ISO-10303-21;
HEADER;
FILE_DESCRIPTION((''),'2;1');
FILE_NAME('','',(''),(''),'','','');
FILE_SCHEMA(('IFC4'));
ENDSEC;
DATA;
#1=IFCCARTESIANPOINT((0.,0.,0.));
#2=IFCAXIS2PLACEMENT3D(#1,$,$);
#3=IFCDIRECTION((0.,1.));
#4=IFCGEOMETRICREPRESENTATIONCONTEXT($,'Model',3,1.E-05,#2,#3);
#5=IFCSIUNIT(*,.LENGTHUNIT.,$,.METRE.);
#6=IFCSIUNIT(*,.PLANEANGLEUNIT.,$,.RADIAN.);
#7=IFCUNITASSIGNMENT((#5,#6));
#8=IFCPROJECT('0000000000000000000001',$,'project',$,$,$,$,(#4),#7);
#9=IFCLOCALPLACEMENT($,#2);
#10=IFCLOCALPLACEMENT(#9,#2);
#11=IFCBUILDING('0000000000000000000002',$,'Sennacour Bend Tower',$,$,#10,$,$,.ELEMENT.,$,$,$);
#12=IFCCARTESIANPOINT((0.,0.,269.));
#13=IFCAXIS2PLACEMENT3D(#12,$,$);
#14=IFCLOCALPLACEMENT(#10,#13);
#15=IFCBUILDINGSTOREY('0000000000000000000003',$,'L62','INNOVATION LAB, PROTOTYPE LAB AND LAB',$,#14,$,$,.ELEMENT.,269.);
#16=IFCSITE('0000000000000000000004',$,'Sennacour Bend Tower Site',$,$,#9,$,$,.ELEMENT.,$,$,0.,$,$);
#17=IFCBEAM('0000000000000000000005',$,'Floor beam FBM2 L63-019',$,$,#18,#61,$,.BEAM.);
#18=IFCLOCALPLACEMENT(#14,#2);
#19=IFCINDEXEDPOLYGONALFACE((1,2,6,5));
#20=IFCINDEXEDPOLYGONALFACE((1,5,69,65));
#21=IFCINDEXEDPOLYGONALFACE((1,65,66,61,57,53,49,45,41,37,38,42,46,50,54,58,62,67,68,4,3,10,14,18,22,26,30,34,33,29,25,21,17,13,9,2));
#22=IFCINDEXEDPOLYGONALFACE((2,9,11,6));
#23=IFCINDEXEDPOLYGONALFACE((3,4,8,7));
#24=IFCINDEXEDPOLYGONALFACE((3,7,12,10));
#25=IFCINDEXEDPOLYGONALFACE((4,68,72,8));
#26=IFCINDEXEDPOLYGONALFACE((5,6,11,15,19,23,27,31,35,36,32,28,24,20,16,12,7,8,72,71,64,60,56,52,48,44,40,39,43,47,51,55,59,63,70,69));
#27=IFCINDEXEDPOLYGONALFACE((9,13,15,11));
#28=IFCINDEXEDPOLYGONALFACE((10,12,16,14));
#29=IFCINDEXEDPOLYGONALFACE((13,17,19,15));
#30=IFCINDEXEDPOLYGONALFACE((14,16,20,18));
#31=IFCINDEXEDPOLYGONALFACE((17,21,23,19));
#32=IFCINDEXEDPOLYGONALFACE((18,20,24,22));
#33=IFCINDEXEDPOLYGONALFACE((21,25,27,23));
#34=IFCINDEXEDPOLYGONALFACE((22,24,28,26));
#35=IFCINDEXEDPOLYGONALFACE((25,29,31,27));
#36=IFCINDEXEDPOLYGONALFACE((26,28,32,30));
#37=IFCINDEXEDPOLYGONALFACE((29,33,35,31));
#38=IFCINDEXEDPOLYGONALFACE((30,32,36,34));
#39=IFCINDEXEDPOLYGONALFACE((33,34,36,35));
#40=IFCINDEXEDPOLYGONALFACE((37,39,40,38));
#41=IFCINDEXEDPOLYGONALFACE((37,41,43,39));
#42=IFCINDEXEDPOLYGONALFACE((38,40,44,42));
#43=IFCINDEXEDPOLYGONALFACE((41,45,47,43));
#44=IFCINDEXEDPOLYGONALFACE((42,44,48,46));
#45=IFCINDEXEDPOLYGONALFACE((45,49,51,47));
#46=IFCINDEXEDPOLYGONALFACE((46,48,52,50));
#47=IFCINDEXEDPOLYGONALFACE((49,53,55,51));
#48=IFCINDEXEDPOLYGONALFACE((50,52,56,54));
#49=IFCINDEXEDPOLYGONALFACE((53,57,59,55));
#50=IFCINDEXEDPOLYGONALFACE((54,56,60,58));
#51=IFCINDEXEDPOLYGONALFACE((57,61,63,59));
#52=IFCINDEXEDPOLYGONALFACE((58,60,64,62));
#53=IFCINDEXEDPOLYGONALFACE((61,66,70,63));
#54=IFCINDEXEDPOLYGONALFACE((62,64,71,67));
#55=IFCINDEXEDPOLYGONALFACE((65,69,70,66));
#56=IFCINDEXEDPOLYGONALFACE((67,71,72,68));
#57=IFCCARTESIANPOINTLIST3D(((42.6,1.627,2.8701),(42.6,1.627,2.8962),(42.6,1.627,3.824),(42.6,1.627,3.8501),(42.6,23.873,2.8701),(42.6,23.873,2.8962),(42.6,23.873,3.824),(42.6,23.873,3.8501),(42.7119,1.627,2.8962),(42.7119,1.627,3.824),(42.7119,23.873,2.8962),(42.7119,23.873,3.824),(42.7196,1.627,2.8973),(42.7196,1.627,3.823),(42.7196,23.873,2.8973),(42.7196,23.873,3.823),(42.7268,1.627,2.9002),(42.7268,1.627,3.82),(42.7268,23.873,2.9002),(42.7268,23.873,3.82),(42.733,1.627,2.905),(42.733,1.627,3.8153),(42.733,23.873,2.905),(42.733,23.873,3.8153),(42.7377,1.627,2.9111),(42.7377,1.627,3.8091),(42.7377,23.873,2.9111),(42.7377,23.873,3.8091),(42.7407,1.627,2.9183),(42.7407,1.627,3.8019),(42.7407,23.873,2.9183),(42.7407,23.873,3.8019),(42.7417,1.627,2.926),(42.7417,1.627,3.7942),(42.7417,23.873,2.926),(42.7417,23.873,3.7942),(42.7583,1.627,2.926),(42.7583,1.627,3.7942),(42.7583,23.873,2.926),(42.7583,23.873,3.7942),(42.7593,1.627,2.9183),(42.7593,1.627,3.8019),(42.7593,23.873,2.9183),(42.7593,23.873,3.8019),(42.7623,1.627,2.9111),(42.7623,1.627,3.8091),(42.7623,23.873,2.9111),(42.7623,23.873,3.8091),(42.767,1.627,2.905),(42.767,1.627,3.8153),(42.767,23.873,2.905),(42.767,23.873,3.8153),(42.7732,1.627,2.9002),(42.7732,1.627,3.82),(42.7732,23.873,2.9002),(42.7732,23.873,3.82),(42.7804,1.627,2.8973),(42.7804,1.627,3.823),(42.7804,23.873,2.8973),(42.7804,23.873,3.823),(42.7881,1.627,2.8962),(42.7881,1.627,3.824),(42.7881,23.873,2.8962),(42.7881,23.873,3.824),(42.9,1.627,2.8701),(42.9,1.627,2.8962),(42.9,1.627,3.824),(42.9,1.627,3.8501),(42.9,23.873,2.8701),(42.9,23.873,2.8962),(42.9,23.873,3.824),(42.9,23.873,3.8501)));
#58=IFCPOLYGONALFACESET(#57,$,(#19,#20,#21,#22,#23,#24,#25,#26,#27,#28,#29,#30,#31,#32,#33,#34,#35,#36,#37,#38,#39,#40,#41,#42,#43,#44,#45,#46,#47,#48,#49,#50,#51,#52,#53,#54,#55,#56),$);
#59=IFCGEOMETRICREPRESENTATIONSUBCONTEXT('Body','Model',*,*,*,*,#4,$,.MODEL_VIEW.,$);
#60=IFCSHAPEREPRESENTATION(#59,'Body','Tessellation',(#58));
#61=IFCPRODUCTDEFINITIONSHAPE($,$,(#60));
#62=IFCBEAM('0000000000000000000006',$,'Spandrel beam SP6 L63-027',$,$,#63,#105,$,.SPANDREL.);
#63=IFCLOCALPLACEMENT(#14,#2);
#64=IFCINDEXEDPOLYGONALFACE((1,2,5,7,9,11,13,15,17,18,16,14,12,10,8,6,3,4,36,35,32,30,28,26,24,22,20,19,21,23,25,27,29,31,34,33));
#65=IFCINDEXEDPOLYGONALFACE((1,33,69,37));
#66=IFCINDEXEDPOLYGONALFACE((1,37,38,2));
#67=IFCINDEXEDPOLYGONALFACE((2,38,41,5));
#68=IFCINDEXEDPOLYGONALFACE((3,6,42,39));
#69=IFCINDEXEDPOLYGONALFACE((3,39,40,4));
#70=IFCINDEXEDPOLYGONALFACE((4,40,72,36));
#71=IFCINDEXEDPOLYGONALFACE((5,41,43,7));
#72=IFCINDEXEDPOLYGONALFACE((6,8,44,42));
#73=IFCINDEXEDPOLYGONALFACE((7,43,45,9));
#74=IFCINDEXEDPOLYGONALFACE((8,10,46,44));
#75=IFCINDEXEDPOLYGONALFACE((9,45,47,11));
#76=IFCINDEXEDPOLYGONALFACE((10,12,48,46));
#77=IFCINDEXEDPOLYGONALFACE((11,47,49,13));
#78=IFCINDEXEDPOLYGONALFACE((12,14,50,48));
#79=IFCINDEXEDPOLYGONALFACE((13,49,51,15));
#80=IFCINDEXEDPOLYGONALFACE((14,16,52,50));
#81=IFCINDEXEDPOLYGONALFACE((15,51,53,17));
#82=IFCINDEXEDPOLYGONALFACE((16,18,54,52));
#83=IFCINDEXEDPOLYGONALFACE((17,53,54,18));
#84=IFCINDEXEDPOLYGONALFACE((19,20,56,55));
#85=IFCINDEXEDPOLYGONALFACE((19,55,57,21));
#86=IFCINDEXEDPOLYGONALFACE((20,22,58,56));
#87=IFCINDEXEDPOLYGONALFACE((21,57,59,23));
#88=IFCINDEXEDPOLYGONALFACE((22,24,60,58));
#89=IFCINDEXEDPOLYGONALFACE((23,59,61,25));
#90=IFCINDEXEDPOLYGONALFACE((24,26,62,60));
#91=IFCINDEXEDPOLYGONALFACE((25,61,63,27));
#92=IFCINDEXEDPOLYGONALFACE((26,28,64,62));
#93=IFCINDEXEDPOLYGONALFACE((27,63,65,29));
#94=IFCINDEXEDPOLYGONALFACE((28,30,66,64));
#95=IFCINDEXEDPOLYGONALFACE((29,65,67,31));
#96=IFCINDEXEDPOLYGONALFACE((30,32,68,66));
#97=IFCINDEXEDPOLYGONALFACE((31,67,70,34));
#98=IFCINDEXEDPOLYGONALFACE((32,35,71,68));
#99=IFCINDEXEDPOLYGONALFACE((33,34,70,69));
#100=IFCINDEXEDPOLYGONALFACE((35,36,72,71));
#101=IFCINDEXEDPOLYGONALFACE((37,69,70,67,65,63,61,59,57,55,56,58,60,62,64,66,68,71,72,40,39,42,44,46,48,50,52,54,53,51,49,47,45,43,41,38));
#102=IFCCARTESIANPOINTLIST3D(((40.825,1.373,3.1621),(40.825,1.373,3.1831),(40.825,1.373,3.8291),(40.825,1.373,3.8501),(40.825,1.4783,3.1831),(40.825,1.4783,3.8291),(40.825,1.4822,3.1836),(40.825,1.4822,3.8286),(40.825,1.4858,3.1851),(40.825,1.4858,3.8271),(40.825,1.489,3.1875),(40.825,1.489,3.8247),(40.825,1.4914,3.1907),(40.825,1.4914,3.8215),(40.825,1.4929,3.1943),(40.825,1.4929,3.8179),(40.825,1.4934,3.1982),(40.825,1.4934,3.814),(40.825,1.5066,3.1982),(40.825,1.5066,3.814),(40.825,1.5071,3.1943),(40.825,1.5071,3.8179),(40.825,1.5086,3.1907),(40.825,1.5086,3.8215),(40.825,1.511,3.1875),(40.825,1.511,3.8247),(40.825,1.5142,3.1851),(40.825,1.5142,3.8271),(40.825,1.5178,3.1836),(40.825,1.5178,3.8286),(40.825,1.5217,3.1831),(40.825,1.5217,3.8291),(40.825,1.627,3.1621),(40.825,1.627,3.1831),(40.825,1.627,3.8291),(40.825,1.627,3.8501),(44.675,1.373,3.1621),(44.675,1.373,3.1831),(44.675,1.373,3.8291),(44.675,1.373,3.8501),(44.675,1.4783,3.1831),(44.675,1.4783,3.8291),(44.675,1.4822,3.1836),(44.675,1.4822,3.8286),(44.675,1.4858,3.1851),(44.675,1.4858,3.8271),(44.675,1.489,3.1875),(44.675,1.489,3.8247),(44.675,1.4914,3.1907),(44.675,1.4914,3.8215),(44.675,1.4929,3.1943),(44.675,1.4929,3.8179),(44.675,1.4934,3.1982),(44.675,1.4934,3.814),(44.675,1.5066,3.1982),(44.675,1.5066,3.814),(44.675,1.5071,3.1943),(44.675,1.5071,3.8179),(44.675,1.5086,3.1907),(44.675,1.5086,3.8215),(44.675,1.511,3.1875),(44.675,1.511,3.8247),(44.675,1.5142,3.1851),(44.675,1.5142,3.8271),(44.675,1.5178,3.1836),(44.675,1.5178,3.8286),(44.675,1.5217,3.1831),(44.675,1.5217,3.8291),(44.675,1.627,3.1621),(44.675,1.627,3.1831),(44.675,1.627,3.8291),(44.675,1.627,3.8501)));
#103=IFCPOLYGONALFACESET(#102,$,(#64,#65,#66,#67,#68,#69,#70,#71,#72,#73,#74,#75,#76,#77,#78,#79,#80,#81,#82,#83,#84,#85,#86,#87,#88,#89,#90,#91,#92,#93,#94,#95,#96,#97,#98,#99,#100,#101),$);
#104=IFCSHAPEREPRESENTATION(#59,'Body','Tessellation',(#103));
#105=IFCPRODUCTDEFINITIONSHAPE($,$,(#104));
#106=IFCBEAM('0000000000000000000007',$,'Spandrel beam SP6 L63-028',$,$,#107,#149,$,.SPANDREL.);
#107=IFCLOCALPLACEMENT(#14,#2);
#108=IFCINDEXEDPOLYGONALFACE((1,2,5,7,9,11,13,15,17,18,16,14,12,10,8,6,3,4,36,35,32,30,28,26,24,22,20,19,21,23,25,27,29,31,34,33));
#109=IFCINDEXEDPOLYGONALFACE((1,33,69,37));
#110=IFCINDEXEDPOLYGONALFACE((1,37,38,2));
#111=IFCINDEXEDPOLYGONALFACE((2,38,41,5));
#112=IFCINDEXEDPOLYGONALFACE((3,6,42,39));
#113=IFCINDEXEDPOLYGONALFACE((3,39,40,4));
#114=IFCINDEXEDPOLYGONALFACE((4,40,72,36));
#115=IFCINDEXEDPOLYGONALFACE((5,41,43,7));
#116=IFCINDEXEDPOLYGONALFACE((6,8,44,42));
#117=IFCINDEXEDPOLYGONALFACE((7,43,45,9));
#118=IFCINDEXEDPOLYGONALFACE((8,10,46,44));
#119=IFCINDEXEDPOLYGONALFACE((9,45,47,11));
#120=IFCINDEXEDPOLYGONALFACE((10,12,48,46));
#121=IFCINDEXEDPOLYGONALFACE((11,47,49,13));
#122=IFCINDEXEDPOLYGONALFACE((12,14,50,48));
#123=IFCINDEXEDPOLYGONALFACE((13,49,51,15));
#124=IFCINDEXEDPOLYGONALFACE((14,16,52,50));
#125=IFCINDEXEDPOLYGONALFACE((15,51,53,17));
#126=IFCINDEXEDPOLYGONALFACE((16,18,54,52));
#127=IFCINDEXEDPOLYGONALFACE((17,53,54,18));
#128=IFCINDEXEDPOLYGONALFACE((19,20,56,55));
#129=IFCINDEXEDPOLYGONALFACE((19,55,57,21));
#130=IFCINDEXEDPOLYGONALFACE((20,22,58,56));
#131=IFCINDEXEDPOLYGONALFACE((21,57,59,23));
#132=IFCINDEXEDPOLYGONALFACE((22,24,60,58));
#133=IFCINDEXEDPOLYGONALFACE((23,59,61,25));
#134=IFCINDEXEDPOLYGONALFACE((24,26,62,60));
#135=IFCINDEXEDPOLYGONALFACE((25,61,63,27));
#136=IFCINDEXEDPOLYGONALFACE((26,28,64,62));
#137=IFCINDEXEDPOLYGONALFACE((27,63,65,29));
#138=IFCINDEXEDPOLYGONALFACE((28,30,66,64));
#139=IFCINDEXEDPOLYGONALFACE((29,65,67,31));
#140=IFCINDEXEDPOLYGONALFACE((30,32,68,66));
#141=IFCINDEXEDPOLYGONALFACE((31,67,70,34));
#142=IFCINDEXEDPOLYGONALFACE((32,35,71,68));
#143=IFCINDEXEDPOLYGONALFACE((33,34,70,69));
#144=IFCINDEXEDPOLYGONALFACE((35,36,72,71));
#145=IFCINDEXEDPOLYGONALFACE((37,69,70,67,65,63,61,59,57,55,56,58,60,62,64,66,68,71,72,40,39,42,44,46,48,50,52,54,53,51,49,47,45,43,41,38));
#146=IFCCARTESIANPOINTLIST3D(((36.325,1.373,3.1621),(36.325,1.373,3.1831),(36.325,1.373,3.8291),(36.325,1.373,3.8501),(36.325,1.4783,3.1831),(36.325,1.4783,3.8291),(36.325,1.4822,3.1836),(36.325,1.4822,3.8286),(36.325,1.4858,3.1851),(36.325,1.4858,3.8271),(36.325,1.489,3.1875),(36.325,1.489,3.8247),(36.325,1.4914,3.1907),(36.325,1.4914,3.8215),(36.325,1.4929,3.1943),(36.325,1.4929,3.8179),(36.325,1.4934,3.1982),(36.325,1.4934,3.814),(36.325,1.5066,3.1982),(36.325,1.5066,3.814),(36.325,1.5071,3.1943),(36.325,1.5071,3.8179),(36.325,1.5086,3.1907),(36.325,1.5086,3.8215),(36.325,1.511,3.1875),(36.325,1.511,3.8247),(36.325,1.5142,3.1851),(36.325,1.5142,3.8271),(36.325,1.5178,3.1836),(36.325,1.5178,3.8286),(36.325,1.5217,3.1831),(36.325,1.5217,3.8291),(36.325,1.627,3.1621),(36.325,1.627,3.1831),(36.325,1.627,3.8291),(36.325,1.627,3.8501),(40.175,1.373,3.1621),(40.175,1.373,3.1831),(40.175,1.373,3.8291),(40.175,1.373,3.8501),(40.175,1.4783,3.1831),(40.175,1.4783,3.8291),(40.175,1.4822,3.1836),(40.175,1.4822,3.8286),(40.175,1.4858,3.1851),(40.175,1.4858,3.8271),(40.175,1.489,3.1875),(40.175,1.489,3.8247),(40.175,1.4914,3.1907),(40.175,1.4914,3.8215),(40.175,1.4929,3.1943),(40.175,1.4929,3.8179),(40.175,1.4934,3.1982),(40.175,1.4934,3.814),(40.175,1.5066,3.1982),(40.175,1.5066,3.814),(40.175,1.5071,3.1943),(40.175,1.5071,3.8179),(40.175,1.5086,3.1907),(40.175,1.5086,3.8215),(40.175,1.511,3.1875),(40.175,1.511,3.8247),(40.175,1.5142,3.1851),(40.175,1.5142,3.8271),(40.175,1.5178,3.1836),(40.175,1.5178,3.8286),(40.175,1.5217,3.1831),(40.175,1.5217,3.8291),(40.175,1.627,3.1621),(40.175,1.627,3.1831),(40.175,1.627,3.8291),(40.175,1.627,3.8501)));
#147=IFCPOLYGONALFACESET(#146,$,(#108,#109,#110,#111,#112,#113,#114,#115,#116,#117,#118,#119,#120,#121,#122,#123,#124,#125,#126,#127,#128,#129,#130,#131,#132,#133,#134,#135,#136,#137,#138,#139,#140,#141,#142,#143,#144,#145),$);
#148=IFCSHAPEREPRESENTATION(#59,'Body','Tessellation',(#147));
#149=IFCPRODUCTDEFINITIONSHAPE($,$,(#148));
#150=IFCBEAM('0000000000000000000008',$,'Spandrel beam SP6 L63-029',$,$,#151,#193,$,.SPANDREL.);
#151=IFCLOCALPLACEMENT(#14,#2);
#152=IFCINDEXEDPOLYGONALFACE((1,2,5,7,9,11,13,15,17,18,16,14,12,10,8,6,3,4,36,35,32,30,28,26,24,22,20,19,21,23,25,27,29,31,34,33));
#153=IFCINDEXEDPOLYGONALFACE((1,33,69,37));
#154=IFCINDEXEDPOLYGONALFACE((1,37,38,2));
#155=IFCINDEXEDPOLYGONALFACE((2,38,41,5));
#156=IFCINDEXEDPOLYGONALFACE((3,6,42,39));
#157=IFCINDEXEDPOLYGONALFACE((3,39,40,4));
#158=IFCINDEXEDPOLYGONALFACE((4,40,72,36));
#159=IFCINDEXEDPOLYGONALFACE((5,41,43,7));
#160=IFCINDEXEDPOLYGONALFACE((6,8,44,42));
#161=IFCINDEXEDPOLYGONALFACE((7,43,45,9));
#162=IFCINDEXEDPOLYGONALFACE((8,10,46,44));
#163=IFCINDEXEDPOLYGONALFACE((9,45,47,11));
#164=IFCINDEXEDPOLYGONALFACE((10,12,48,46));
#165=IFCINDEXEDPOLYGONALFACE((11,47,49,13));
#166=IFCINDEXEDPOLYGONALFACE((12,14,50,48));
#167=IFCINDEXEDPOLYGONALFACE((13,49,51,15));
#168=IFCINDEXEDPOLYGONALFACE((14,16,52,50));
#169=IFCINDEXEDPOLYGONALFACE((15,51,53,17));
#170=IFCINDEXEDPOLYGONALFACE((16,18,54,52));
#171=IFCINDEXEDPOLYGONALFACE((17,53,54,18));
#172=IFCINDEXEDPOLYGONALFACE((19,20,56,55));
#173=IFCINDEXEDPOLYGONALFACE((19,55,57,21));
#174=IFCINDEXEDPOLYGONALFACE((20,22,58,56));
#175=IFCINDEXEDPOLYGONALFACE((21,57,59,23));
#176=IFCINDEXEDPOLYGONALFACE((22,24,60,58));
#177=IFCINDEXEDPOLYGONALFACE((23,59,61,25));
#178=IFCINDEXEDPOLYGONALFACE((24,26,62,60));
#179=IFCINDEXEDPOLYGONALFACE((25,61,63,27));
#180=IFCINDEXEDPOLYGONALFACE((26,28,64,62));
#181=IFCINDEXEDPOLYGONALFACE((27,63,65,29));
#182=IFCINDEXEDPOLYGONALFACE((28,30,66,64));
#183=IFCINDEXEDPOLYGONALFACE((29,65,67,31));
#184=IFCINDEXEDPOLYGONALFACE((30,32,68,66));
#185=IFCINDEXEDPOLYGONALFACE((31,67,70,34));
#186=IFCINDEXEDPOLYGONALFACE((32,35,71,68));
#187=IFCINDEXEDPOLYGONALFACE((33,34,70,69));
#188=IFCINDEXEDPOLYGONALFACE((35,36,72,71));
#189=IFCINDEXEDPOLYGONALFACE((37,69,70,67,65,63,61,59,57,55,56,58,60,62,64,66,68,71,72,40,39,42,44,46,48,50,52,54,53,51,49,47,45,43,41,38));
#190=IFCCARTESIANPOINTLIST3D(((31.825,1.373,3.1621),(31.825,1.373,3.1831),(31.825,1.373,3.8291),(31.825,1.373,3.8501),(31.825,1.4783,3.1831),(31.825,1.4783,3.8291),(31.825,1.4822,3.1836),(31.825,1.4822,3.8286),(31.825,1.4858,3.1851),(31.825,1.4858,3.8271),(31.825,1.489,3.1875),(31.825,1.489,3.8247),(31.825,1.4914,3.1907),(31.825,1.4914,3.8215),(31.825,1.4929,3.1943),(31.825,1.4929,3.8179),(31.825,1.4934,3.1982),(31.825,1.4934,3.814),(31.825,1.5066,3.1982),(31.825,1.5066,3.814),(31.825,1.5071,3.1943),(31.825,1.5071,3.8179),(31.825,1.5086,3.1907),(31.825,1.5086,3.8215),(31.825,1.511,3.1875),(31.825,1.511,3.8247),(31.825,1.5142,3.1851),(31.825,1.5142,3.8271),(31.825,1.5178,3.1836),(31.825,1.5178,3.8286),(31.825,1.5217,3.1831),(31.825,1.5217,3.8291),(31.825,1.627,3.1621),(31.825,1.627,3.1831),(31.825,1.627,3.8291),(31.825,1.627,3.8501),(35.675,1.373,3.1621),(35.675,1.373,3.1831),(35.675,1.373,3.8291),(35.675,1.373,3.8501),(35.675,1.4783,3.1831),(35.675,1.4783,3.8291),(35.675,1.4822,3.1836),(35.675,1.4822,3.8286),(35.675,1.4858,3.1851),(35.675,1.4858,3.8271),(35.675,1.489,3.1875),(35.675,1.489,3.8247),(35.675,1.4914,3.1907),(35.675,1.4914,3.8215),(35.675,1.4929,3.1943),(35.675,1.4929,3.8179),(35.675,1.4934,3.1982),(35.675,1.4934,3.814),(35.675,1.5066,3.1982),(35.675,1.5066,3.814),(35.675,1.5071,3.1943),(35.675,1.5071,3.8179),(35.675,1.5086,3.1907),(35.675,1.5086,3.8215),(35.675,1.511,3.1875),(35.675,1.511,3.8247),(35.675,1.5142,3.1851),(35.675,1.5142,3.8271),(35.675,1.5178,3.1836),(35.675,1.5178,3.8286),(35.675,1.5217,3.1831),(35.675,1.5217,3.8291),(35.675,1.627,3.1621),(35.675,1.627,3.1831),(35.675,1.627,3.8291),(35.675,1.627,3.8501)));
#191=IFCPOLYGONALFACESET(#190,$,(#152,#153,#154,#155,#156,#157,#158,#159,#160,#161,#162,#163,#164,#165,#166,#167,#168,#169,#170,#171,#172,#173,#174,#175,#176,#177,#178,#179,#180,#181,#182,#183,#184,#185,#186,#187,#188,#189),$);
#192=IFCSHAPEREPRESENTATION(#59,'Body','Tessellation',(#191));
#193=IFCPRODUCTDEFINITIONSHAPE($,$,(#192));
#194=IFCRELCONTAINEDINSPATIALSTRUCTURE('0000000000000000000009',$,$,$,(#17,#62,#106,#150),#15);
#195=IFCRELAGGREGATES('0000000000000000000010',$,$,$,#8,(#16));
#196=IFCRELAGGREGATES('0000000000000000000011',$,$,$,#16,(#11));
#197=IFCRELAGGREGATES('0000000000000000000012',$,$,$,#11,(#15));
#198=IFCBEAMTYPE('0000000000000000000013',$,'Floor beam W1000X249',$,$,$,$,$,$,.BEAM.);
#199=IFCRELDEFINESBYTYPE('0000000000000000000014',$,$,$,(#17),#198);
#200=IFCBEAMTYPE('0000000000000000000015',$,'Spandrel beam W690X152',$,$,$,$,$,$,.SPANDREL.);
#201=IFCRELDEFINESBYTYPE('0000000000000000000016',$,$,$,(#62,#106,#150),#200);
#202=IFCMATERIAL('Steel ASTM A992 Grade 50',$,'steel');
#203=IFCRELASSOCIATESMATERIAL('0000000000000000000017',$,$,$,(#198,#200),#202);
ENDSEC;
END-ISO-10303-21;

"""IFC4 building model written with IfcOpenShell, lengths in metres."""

from ifc_helpers import new_model, si_unit, direction, frame, origin, origin_2d, place, context, subcontext, project, spatial, i_section, extrude, material, material_profile, profile_set, type_object, element, save


model = new_model("IFC4")

# Units and contexts
model_context = context("Model", 3, precision=1e-05, world=origin(), true_north=direction((0.0, 1.0)))
body_context = subcontext(model_context, "Body", "Model", "MODEL_VIEW")
ifc_project = project(units=[si_unit("LENGTHUNIT", "METRE"), si_unit("PLANEANGLEUNIT", "RADIAN")], contexts=[model_context])

# Site, building, storey
site_placement = place(None, origin())
site = spatial("IfcSite", under=ifc_project, at=site_placement, Name="Sennacour Bend Tower Site", CompositionType="ELEMENT", RefElevation=0.0)
building_placement = place(site_placement, origin())
building = spatial("IfcBuilding", under=site, at=building_placement, Name="Sennacour Bend Tower", CompositionType="ELEMENT")
storey_placement = place(building_placement, frame((0.0, 0.0, 269.0)))
storey = spatial("IfcBuildingStorey", under=building, at=storey_placement, Name="L62", Description="INNOVATION LAB, PROTOTYPE LAB AND LAB", CompositionType="ELEMENT", Elevation=269.0)

# Beams
ifc_material_1 = material(Name="Steel ASTM A992 Grade 50", Category="steel")
ifc_material_profile_1 = material_profile(ifc_material_1, i_section(OverallWidth=0.3, OverallDepth=0.98, WebThickness=0.0166, FlangeThickness=0.0261, FilletRadius=0.0298, at=origin_2d()), Name="Steel ASTM A992 Grade 50", Category="steel")
ifc_profile_set_1 = profile_set([ifc_material_profile_1], Name="Steel ASTM A992 Grade 50")
beam_type_1 = type_object("IfcBeamType", Name="Floor beam W1000X249", PredefinedType="BEAM", material=ifc_profile_set_1)
beam_1_placement = place(storey_placement, frame((42.75, 1.627, 3.3601), z_axis=(0.0, 1.0, 0.0), x_axis=(-1.0, 0.0, 0.0)))
element("IfcBeam", 1, at=beam_1_placement, inside=storey, type_object=beam_type_1, Name="Floor beam FBM2 L63-019", PredefinedType="BEAM", context=body_context, shape_type="SweptSolid", body=[
    extrude(i_section(OverallWidth=0.3, OverallDepth=0.98, WebThickness=0.0166, FlangeThickness=0.0261, FilletRadius=0.0298, at=origin_2d()), origin(), (0.0, 0.0, 1.0), 22.2461),
])
ifc_material_profile_2 = material_profile(ifc_material_1, i_section(OverallWidth=0.2539, OverallDepth=0.688, WebThickness=0.0132, FlangeThickness=0.021, FilletRadius=0.0151, at=origin_2d()), Name="Steel ASTM A992 Grade 50", Category="steel")
ifc_profile_set_2 = profile_set([ifc_material_profile_2], Name="Steel ASTM A992 Grade 50")
beam_type_2 = type_object("IfcBeamType", Name="Spandrel beam W690X152", PredefinedType="SPANDREL", material=ifc_profile_set_2)
for number, where, z_axis, x_axis, name in (
    (2, (44.675, 1.5, 3.5061), (-1.0, 0.0, 0.0), (0.0, -1.0, 0.0), "Spandrel beam SP6 L63-027"),
    (3, (40.175, 1.5, 3.5061), (-1.0, 0.0, 0.0), (0.0, -1.0, 0.0), "Spandrel beam SP6 L63-028"),
    (4, (35.675, 1.5, 3.5061), (-1.0, 0.0, 0.0), (0.0, -1.0, 0.0), "Spandrel beam SP6 L63-029"),
):
    element("IfcBeam", number, at=place(storey_placement, frame(where, z_axis=z_axis, x_axis=x_axis)), inside=storey, type_object=beam_type_2, Name=name, PredefinedType="SPANDREL", context=body_context, shape_type="SweptSolid", body=[
        extrude(i_section(OverallWidth=0.2539, OverallDepth=0.688, WebThickness=0.0132, FlangeThickness=0.021, FilletRadius=0.0151, at=origin_2d()), origin(), (0.0, 0.0, 1.0), 3.8501),
    ])

save(model, "model.ifc")
